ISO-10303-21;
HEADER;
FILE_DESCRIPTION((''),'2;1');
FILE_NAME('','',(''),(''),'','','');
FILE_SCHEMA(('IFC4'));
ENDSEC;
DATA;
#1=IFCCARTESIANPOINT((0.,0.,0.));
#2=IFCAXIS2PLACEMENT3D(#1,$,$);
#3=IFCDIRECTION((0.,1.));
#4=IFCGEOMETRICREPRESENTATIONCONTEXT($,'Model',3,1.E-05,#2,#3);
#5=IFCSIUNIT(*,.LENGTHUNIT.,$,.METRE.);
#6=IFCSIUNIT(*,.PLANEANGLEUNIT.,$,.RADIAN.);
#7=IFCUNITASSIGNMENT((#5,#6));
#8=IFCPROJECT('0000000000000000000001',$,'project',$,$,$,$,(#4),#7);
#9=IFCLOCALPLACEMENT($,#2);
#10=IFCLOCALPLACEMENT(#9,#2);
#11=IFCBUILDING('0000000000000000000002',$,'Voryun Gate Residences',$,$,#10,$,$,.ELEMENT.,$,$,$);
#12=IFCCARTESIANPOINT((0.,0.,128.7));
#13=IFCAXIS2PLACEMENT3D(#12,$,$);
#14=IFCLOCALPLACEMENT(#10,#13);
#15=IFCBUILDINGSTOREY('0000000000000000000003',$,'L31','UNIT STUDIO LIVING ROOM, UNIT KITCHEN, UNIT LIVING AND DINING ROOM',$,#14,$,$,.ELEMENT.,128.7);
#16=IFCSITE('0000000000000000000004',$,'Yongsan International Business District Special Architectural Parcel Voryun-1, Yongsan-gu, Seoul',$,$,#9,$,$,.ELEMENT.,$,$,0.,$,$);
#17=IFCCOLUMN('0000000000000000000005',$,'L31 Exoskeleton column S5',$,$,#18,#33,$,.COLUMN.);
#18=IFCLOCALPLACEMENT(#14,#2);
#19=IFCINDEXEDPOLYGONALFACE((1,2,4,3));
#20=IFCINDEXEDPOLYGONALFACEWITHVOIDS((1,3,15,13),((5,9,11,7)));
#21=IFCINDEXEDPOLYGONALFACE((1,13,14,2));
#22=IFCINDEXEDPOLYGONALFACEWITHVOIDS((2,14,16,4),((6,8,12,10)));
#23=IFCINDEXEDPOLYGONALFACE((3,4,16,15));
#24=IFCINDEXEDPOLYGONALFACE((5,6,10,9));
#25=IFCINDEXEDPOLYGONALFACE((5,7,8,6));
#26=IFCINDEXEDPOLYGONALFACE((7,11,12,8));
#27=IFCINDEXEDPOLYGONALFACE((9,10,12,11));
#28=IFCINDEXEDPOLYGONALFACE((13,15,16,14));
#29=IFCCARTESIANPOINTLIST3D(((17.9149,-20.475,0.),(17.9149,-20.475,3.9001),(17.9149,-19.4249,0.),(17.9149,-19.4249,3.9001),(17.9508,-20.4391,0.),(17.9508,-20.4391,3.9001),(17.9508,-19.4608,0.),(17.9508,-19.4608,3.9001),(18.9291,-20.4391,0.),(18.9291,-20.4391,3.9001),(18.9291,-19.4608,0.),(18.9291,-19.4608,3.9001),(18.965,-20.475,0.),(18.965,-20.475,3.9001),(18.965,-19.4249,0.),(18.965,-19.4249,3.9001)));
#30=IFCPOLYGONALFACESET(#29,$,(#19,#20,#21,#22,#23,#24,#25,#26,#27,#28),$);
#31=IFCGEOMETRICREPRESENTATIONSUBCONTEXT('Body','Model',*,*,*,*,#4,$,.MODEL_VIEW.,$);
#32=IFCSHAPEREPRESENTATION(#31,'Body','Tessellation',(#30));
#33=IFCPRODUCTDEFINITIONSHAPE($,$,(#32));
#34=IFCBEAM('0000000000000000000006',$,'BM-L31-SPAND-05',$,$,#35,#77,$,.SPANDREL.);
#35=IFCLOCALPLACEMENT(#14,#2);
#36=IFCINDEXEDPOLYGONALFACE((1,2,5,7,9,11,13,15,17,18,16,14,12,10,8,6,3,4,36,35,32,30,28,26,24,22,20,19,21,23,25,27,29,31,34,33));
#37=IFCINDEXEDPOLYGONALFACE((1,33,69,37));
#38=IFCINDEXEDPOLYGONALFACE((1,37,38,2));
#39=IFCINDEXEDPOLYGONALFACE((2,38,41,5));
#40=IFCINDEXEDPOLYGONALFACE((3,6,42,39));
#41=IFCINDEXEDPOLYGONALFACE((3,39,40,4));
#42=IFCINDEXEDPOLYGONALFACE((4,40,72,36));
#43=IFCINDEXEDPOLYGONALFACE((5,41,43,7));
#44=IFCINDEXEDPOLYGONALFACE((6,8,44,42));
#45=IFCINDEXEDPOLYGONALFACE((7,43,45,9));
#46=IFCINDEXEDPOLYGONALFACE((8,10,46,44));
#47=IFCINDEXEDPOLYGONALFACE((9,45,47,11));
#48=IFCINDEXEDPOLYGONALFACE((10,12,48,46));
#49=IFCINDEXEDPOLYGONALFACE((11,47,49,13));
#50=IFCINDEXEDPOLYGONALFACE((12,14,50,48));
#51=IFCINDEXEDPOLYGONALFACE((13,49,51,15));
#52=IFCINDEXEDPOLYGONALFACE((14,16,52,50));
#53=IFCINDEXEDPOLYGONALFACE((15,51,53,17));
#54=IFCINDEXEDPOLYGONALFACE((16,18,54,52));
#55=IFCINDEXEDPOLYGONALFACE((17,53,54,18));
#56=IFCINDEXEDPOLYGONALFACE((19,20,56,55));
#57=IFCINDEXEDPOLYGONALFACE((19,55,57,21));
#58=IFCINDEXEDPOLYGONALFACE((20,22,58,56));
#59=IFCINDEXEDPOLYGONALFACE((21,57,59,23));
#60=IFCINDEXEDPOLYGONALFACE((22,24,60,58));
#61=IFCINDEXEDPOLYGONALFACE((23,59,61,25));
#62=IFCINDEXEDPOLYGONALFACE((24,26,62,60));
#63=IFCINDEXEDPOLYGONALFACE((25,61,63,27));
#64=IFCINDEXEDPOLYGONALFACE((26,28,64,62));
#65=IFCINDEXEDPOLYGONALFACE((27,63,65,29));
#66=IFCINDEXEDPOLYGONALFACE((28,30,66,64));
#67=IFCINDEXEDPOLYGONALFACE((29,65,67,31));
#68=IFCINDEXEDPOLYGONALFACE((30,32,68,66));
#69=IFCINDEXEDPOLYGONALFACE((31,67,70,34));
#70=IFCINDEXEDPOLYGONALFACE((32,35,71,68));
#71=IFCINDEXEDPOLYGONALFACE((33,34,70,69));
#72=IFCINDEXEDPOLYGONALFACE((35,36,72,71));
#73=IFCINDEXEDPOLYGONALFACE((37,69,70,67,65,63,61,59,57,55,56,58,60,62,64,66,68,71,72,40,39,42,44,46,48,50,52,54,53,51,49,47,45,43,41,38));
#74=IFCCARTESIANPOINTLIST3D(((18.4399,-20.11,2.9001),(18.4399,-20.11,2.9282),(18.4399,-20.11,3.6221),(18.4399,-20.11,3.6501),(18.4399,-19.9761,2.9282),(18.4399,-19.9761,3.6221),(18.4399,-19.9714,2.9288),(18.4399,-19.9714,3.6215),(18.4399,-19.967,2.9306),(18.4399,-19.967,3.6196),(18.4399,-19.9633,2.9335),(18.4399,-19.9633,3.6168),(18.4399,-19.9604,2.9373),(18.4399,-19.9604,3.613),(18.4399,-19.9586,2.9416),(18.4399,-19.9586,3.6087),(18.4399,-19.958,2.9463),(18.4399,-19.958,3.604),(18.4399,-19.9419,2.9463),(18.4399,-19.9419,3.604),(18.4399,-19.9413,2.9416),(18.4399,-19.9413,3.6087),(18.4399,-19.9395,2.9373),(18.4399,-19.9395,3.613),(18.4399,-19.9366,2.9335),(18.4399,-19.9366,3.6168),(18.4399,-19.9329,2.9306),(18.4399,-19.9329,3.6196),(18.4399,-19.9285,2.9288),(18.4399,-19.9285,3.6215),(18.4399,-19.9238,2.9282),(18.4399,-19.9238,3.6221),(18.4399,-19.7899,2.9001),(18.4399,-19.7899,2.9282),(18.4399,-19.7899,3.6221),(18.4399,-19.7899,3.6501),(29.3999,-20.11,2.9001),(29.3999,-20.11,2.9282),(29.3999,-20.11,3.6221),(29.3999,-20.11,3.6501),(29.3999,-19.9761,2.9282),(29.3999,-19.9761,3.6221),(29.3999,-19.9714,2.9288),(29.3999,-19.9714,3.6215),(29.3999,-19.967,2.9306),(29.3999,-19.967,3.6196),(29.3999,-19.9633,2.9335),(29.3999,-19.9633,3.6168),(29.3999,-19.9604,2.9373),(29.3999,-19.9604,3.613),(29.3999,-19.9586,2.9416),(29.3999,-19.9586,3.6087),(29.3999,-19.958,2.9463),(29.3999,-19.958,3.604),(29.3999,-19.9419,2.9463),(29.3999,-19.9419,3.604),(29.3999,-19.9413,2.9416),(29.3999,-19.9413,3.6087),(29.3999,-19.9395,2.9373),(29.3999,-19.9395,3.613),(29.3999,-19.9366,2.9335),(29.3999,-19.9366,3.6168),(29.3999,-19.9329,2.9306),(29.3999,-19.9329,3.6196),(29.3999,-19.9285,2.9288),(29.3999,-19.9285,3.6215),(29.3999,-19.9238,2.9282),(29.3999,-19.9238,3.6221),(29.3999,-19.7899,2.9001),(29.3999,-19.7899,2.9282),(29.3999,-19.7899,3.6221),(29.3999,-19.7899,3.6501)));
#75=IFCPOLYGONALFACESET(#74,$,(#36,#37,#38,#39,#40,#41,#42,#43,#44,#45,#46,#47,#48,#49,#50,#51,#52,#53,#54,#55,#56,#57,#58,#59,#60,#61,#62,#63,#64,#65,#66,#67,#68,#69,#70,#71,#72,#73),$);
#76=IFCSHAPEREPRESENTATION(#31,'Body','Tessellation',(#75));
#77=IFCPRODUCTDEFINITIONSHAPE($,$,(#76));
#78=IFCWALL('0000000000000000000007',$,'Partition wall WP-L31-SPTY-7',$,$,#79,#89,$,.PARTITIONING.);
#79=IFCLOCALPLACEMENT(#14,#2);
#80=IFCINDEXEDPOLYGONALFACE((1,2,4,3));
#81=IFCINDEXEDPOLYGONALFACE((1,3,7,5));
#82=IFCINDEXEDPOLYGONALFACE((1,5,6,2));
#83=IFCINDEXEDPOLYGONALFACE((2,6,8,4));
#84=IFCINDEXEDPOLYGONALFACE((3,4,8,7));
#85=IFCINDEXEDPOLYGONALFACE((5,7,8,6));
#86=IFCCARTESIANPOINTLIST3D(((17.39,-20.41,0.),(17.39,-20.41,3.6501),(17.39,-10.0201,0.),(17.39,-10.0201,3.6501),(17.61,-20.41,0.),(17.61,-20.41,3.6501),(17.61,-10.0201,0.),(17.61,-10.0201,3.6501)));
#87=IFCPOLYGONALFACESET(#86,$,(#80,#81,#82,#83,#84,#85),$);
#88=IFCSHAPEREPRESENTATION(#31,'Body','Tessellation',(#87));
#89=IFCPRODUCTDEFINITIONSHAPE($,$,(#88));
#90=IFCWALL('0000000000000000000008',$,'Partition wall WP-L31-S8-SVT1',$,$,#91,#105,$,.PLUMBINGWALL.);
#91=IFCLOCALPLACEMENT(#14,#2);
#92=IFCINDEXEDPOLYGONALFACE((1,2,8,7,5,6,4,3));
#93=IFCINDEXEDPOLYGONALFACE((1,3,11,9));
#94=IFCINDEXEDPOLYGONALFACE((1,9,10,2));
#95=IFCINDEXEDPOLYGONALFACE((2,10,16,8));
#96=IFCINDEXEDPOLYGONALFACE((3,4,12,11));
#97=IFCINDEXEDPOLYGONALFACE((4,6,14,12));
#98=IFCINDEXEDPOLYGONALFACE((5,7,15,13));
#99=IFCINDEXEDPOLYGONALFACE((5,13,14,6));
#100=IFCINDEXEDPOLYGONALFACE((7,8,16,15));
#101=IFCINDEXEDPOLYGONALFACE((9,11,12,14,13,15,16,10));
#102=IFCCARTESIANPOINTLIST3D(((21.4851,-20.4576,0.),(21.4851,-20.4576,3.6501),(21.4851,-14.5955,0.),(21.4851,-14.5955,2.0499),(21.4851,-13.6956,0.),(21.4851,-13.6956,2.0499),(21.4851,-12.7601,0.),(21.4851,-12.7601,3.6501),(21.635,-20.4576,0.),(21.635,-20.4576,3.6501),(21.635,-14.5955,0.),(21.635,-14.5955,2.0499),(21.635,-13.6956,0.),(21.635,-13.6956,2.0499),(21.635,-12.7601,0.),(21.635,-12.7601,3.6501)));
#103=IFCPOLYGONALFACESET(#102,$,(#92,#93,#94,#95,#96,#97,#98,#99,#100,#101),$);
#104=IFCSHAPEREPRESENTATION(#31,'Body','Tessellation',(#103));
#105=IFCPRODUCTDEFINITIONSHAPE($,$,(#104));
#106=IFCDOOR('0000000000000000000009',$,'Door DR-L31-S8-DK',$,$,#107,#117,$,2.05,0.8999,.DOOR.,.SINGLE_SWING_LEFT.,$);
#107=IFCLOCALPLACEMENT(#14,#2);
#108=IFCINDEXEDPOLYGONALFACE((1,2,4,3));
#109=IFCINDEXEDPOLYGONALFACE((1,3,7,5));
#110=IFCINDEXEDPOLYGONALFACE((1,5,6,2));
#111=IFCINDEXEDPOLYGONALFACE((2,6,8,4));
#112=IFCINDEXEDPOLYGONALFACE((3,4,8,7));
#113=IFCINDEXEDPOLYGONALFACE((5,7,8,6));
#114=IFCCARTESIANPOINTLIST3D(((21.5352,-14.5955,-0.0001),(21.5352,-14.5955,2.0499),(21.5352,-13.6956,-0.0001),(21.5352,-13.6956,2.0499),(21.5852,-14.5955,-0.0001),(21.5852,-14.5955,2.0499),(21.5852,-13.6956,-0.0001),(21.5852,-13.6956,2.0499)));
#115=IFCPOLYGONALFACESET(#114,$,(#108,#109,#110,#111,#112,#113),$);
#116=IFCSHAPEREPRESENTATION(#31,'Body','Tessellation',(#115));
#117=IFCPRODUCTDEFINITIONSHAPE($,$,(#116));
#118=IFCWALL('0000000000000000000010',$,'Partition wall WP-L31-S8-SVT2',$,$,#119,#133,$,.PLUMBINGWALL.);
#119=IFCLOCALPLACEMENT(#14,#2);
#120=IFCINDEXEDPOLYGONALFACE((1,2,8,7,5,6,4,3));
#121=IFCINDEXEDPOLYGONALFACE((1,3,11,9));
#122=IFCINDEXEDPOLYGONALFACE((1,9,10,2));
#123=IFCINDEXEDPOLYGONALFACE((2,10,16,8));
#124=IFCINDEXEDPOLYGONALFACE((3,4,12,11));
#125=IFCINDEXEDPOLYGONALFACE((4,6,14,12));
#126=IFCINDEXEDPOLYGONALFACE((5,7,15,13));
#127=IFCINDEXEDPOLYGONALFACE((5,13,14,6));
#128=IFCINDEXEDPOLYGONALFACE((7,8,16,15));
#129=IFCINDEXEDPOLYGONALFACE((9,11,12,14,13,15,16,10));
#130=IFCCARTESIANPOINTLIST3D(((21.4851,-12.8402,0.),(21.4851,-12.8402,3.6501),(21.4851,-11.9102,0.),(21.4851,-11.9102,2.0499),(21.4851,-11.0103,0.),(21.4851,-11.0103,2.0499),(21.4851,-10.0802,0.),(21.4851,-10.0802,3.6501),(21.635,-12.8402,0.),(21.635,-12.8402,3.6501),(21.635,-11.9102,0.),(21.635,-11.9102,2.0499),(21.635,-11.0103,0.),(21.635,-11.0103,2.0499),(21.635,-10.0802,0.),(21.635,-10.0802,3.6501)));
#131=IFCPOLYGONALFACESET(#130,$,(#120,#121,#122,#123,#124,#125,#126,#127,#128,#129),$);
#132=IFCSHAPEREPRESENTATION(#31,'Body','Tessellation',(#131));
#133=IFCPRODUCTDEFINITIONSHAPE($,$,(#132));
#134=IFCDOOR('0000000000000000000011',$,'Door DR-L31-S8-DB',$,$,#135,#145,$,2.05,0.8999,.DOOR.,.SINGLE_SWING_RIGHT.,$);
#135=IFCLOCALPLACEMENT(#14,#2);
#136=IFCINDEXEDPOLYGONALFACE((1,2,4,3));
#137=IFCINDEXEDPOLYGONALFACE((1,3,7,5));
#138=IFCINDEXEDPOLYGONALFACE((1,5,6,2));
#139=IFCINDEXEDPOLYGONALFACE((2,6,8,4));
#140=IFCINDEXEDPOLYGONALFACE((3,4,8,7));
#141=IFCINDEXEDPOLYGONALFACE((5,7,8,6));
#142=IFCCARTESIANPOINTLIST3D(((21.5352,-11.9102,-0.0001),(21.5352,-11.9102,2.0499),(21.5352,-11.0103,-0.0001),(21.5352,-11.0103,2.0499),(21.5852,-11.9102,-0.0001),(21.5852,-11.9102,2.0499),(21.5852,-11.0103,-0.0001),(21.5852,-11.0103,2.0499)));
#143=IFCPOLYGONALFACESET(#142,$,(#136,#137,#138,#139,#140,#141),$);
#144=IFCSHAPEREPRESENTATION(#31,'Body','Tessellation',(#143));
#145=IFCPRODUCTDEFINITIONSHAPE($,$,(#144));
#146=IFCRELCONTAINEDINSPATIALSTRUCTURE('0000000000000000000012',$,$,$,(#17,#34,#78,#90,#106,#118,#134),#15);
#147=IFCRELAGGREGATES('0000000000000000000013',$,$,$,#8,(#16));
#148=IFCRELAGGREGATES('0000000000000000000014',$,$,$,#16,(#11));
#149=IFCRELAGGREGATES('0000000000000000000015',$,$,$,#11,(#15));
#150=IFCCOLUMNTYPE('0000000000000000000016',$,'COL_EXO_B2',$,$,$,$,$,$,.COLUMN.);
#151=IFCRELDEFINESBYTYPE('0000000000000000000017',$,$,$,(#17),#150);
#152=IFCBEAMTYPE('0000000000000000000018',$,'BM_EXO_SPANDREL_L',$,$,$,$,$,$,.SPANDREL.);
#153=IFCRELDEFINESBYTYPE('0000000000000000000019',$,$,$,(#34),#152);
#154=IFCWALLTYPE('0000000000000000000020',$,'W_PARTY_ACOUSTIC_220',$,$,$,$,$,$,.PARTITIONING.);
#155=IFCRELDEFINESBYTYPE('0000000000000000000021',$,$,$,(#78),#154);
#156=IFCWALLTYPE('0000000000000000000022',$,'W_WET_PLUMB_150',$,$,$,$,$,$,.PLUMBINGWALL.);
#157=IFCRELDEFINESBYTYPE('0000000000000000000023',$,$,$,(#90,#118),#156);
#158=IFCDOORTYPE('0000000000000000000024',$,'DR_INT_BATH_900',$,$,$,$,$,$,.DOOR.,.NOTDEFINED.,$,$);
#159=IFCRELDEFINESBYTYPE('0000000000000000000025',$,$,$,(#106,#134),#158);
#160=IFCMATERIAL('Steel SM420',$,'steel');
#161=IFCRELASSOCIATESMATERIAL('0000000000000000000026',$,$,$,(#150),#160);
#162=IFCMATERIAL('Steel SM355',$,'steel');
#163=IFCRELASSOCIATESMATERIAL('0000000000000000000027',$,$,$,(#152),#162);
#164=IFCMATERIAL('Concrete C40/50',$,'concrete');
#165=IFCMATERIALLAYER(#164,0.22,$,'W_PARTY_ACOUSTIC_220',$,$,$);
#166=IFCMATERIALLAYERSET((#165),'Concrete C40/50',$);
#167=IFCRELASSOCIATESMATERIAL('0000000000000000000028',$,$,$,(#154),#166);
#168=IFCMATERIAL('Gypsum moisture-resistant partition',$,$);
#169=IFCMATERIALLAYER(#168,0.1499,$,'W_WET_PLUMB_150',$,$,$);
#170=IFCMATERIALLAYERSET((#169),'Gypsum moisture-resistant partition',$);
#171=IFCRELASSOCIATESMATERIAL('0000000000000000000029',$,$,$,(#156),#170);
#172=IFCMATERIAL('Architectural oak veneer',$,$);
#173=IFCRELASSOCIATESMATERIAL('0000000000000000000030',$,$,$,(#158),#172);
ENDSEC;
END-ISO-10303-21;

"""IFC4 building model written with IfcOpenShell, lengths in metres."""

from ifc_helpers import new_model, si_unit, direction, frame, frame_2d, origin, origin_2d, place, context, subcontext, project, spatial, rectangle, hollow_rectangle, i_section, extrude, material, layer, layer_set, material_profile, profile_set, type_object, element, fill, save


model = new_model("IFC4")

# Units and contexts
model_context = context("Model", 3, precision=1e-05, world=origin(), true_north=direction((0.0, 1.0)))
body_context = subcontext(model_context, "Body", "Model", "MODEL_VIEW")
ifc_project = project(units=[si_unit("LENGTHUNIT", "METRE"), si_unit("PLANEANGLEUNIT", "RADIAN")], contexts=[model_context])

# Site, building, storey
site_placement = place(None, origin())
site = spatial("IfcSite", under=ifc_project, at=site_placement, Name="Yongsan International Business District Special Architectural Parcel Voryun-1, Yongsan-gu, Seoul", CompositionType="ELEMENT", RefElevation=0.0)
building_placement = place(site_placement, origin())
building = spatial("IfcBuilding", under=site, at=building_placement, Name="Voryun Gate Residences", CompositionType="ELEMENT")
storey_placement = place(building_placement, frame((0.0, 0.0, 128.7)))
storey = spatial("IfcBuildingStorey", under=building, at=storey_placement, Name="L31", Description="UNIT STUDIO LIVING ROOM, UNIT KITCHEN, UNIT LIVING AND DINING ROOM", CompositionType="ELEMENT", Elevation=128.7)

# Column
ifc_material_1 = material(Name="Steel SM420", Category="steel")
ifc_material_profile_1 = material_profile(ifc_material_1, hollow_rectangle(XDim=1.05, YDim=1.05, WallThickness=0.0359, at=origin_2d()), Name="BOX-1050x1050x36")
ifc_profile_set_1 = profile_set([ifc_material_profile_1], Name="Steel SM420")
column_type = type_object("IfcColumnType", Name="COL_EXO_B2", PredefinedType="COLUMN", material=ifc_profile_set_1)
column_placement = place(storey_placement, frame((18.4399, -19.95, 0.0), z_axis=(0.0, 0.0, 1.0), x_axis=(1.0, 0.0, 0.0)))
element("IfcColumn", 1, at=column_placement, inside=storey, type_object=column_type, Name="L31 Exoskeleton column S5", PredefinedType="COLUMN", context=body_context, shape_type="SweptSolid", body=[
    extrude(hollow_rectangle(XDim=1.05, YDim=1.05, WallThickness=0.0359, at=origin_2d()), origin(), (0.0, 0.0, 1.0), 3.9001),
])

# Beam
ifc_material_2 = material(Name="Steel SM355", Category="steel")
ifc_material_profile_2 = material_profile(ifc_material_2, i_section(OverallWidth=0.3201, OverallDepth=0.75, WebThickness=0.0161, FlangeThickness=0.0281, FilletRadius=0.0181, at=origin_2d()), Name="H-750x320x16x28")
ifc_profile_set_2 = profile_set([ifc_material_profile_2], Name="Steel SM355")
beam_type = type_object("IfcBeamType", Name="BM_EXO_SPANDREL_L", PredefinedType="SPANDREL", material=ifc_profile_set_2)
beam_placement = place(storey_placement, frame((18.4399, -19.95, 3.2751), z_axis=(1.0, 0.0, 0.0), x_axis=(0.0, 1.0, 0.0)))
element("IfcBeam", 2, at=beam_placement, inside=storey, type_object=beam_type, Name="BM-L31-SPAND-05", PredefinedType="SPANDREL", context=body_context, shape_type="SweptSolid", body=[
    extrude(i_section(OverallWidth=0.3201, OverallDepth=0.75, WebThickness=0.0161, FlangeThickness=0.0281, FilletRadius=0.0181, at=origin_2d()), origin(), (0.0, 0.0, 1.0), 10.96),
])

# Wall
ifc_material_3 = material(Name="Concrete C40/50", Category="concrete")
ifc_layer_1 = layer(ifc_material_3, 0.22, Name="W_PARTY_ACOUSTIC_220")
ifc_layer_set_1 = layer_set([ifc_layer_1], Name="Concrete C40/50")
wall_type_1 = type_object("IfcWallType", Name="W_PARTY_ACOUSTIC_220", PredefinedType="PARTITIONING", material=ifc_layer_set_1)
wall_1_placement = place(storey_placement, frame((17.5, -20.4099, 0.0), z_axis=(0.0, 0.0, 1.0), x_axis=(0.0, 1.0, 0.0)))
element("IfcWall", 3, at=wall_1_placement, inside=storey, type_object=wall_type_1, Name="Partition wall WP-L31-SPTY-7", PredefinedType="PARTITIONING", context=body_context, shape_type="SweptSolid", body=[
    extrude(rectangle(XDim=10.3899, YDim=0.22, at=frame_2d((5.1948, 0.0))), origin(), (0.0, 0.0, 1.0), 3.6501),
])

# Walls, openings, doors
ifc_material_4 = material(Name="Gypsum moisture-resistant partition")
ifc_layer_2 = layer(ifc_material_4, 0.1499, Name="W_WET_PLUMB_150")
ifc_layer_set_2 = layer_set([ifc_layer_2], Name="Gypsum moisture-resistant partition")
wall_type_2 = type_object("IfcWallType", Name="W_WET_PLUMB_150", PredefinedType="PLUMBINGWALL", material=ifc_layer_set_2)
wall_2_placement = place(storey_placement, frame((21.5601, -20.4575, 0.0), z_axis=(0.0, 0.0, 1.0), x_axis=(0.0, 1.0, 0.0)))
wall_2 = element("IfcWall", 4, at=wall_2_placement, inside=storey, type_object=wall_type_2, Name="Partition wall WP-L31-S8-SVT1", PredefinedType="PLUMBINGWALL", context=body_context, shape_type="SweptSolid", body=[
    extrude(rectangle(XDim=7.6975, YDim=0.1499, at=frame_2d((3.8486, 0.0))), origin(), (0.0, 0.0, 1.0), 3.6501),
])
opening_1_placement = place(wall_2_placement, frame((5.8621, 0.0, 0.0)))
opening_1 = element("IfcOpeningElement", 5, at=opening_1_placement, cuts=wall_2, PredefinedType="OPENING", context=body_context, shape_type="SweptSolid", body=[
    extrude(rectangle(XDim=0.8999, YDim=2.05, at=frame_2d((0.45, 1.0249))), frame((0.0, 0.085, 0.0), z_axis=(0.0, -1.0, 0.0), x_axis=(1.0, 0.0, 0.0)), (0.0, 0.0, 1.0), 0.1699),
])
ifc_material_5 = material(Name="Architectural oak veneer")
door_type = type_object("IfcDoorType", Name="DR_INT_BATH_900", OperationType="NOTDEFINED", PredefinedType="DOOR", material=ifc_material_5)
door_1_placement = place(opening_1_placement, origin())
door_1 = element("IfcDoor", 6, at=door_1_placement, inside=storey, type_object=door_type, Name="Door DR-L31-S8-DK", OperationType="SINGLE_SWING_LEFT", OverallHeight=2.05, OverallWidth=0.8999, PredefinedType="DOOR", context=body_context, shape_type="SweptSolid", body=[
    extrude(rectangle(XDim=0.8999, YDim=2.05, at=frame_2d((0.45, 1.0249))), frame((0.0, 0.0249, 0.0), z_axis=(0.0, -1.0, 0.0), x_axis=(1.0, 0.0, 0.0)), (0.0, 0.0, 1.0), 0.05),
])
fill(opening_1, door_1)
wall_3_placement = place(storey_placement, frame((21.5601, -12.8401, 0.0), z_axis=(0.0, 0.0, 1.0), x_axis=(0.0, 1.0, 0.0)))
wall_3 = element("IfcWall", 7, at=wall_3_placement, inside=storey, type_object=wall_type_2, Name="Partition wall WP-L31-S8-SVT2", PredefinedType="PLUMBINGWALL", context=body_context, shape_type="SweptSolid", body=[
    extrude(rectangle(XDim=2.76, YDim=0.1499, at=frame_2d((1.3799, 0.0))), origin(), (0.0, 0.0, 1.0), 3.6501),
])
opening_2_placement = place(wall_3_placement, frame((0.9299, 0.0, 0.0)))
opening_2 = element("IfcOpeningElement", 8, at=opening_2_placement, cuts=wall_3, PredefinedType="OPENING", context=body_context, shape_type="SweptSolid", body=[
    extrude(rectangle(XDim=0.8999, YDim=2.05, at=frame_2d((0.45, 1.0249))), frame((0.0, 0.085, 0.0), z_axis=(0.0, -1.0, 0.0), x_axis=(1.0, 0.0, 0.0)), (0.0, 0.0, 1.0), 0.1699),
])
door_2_placement = place(opening_2_placement, origin())
door_2 = element("IfcDoor", 9, at=door_2_placement, inside=storey, type_object=door_type, Name="Door DR-L31-S8-DB", OperationType="SINGLE_SWING_RIGHT", OverallHeight=2.05, OverallWidth=0.8999, PredefinedType="DOOR", context=body_context, shape_type="SweptSolid", body=[
    extrude(rectangle(XDim=0.8999, YDim=2.05, at=frame_2d((0.45, 1.0249))), frame((0.0, 0.0249, 0.0), z_axis=(0.0, -1.0, 0.0), x_axis=(1.0, 0.0, 0.0)), (0.0, 0.0, 1.0), 0.05),
])
fill(opening_2, door_2)

save(model, "model.ifc")
